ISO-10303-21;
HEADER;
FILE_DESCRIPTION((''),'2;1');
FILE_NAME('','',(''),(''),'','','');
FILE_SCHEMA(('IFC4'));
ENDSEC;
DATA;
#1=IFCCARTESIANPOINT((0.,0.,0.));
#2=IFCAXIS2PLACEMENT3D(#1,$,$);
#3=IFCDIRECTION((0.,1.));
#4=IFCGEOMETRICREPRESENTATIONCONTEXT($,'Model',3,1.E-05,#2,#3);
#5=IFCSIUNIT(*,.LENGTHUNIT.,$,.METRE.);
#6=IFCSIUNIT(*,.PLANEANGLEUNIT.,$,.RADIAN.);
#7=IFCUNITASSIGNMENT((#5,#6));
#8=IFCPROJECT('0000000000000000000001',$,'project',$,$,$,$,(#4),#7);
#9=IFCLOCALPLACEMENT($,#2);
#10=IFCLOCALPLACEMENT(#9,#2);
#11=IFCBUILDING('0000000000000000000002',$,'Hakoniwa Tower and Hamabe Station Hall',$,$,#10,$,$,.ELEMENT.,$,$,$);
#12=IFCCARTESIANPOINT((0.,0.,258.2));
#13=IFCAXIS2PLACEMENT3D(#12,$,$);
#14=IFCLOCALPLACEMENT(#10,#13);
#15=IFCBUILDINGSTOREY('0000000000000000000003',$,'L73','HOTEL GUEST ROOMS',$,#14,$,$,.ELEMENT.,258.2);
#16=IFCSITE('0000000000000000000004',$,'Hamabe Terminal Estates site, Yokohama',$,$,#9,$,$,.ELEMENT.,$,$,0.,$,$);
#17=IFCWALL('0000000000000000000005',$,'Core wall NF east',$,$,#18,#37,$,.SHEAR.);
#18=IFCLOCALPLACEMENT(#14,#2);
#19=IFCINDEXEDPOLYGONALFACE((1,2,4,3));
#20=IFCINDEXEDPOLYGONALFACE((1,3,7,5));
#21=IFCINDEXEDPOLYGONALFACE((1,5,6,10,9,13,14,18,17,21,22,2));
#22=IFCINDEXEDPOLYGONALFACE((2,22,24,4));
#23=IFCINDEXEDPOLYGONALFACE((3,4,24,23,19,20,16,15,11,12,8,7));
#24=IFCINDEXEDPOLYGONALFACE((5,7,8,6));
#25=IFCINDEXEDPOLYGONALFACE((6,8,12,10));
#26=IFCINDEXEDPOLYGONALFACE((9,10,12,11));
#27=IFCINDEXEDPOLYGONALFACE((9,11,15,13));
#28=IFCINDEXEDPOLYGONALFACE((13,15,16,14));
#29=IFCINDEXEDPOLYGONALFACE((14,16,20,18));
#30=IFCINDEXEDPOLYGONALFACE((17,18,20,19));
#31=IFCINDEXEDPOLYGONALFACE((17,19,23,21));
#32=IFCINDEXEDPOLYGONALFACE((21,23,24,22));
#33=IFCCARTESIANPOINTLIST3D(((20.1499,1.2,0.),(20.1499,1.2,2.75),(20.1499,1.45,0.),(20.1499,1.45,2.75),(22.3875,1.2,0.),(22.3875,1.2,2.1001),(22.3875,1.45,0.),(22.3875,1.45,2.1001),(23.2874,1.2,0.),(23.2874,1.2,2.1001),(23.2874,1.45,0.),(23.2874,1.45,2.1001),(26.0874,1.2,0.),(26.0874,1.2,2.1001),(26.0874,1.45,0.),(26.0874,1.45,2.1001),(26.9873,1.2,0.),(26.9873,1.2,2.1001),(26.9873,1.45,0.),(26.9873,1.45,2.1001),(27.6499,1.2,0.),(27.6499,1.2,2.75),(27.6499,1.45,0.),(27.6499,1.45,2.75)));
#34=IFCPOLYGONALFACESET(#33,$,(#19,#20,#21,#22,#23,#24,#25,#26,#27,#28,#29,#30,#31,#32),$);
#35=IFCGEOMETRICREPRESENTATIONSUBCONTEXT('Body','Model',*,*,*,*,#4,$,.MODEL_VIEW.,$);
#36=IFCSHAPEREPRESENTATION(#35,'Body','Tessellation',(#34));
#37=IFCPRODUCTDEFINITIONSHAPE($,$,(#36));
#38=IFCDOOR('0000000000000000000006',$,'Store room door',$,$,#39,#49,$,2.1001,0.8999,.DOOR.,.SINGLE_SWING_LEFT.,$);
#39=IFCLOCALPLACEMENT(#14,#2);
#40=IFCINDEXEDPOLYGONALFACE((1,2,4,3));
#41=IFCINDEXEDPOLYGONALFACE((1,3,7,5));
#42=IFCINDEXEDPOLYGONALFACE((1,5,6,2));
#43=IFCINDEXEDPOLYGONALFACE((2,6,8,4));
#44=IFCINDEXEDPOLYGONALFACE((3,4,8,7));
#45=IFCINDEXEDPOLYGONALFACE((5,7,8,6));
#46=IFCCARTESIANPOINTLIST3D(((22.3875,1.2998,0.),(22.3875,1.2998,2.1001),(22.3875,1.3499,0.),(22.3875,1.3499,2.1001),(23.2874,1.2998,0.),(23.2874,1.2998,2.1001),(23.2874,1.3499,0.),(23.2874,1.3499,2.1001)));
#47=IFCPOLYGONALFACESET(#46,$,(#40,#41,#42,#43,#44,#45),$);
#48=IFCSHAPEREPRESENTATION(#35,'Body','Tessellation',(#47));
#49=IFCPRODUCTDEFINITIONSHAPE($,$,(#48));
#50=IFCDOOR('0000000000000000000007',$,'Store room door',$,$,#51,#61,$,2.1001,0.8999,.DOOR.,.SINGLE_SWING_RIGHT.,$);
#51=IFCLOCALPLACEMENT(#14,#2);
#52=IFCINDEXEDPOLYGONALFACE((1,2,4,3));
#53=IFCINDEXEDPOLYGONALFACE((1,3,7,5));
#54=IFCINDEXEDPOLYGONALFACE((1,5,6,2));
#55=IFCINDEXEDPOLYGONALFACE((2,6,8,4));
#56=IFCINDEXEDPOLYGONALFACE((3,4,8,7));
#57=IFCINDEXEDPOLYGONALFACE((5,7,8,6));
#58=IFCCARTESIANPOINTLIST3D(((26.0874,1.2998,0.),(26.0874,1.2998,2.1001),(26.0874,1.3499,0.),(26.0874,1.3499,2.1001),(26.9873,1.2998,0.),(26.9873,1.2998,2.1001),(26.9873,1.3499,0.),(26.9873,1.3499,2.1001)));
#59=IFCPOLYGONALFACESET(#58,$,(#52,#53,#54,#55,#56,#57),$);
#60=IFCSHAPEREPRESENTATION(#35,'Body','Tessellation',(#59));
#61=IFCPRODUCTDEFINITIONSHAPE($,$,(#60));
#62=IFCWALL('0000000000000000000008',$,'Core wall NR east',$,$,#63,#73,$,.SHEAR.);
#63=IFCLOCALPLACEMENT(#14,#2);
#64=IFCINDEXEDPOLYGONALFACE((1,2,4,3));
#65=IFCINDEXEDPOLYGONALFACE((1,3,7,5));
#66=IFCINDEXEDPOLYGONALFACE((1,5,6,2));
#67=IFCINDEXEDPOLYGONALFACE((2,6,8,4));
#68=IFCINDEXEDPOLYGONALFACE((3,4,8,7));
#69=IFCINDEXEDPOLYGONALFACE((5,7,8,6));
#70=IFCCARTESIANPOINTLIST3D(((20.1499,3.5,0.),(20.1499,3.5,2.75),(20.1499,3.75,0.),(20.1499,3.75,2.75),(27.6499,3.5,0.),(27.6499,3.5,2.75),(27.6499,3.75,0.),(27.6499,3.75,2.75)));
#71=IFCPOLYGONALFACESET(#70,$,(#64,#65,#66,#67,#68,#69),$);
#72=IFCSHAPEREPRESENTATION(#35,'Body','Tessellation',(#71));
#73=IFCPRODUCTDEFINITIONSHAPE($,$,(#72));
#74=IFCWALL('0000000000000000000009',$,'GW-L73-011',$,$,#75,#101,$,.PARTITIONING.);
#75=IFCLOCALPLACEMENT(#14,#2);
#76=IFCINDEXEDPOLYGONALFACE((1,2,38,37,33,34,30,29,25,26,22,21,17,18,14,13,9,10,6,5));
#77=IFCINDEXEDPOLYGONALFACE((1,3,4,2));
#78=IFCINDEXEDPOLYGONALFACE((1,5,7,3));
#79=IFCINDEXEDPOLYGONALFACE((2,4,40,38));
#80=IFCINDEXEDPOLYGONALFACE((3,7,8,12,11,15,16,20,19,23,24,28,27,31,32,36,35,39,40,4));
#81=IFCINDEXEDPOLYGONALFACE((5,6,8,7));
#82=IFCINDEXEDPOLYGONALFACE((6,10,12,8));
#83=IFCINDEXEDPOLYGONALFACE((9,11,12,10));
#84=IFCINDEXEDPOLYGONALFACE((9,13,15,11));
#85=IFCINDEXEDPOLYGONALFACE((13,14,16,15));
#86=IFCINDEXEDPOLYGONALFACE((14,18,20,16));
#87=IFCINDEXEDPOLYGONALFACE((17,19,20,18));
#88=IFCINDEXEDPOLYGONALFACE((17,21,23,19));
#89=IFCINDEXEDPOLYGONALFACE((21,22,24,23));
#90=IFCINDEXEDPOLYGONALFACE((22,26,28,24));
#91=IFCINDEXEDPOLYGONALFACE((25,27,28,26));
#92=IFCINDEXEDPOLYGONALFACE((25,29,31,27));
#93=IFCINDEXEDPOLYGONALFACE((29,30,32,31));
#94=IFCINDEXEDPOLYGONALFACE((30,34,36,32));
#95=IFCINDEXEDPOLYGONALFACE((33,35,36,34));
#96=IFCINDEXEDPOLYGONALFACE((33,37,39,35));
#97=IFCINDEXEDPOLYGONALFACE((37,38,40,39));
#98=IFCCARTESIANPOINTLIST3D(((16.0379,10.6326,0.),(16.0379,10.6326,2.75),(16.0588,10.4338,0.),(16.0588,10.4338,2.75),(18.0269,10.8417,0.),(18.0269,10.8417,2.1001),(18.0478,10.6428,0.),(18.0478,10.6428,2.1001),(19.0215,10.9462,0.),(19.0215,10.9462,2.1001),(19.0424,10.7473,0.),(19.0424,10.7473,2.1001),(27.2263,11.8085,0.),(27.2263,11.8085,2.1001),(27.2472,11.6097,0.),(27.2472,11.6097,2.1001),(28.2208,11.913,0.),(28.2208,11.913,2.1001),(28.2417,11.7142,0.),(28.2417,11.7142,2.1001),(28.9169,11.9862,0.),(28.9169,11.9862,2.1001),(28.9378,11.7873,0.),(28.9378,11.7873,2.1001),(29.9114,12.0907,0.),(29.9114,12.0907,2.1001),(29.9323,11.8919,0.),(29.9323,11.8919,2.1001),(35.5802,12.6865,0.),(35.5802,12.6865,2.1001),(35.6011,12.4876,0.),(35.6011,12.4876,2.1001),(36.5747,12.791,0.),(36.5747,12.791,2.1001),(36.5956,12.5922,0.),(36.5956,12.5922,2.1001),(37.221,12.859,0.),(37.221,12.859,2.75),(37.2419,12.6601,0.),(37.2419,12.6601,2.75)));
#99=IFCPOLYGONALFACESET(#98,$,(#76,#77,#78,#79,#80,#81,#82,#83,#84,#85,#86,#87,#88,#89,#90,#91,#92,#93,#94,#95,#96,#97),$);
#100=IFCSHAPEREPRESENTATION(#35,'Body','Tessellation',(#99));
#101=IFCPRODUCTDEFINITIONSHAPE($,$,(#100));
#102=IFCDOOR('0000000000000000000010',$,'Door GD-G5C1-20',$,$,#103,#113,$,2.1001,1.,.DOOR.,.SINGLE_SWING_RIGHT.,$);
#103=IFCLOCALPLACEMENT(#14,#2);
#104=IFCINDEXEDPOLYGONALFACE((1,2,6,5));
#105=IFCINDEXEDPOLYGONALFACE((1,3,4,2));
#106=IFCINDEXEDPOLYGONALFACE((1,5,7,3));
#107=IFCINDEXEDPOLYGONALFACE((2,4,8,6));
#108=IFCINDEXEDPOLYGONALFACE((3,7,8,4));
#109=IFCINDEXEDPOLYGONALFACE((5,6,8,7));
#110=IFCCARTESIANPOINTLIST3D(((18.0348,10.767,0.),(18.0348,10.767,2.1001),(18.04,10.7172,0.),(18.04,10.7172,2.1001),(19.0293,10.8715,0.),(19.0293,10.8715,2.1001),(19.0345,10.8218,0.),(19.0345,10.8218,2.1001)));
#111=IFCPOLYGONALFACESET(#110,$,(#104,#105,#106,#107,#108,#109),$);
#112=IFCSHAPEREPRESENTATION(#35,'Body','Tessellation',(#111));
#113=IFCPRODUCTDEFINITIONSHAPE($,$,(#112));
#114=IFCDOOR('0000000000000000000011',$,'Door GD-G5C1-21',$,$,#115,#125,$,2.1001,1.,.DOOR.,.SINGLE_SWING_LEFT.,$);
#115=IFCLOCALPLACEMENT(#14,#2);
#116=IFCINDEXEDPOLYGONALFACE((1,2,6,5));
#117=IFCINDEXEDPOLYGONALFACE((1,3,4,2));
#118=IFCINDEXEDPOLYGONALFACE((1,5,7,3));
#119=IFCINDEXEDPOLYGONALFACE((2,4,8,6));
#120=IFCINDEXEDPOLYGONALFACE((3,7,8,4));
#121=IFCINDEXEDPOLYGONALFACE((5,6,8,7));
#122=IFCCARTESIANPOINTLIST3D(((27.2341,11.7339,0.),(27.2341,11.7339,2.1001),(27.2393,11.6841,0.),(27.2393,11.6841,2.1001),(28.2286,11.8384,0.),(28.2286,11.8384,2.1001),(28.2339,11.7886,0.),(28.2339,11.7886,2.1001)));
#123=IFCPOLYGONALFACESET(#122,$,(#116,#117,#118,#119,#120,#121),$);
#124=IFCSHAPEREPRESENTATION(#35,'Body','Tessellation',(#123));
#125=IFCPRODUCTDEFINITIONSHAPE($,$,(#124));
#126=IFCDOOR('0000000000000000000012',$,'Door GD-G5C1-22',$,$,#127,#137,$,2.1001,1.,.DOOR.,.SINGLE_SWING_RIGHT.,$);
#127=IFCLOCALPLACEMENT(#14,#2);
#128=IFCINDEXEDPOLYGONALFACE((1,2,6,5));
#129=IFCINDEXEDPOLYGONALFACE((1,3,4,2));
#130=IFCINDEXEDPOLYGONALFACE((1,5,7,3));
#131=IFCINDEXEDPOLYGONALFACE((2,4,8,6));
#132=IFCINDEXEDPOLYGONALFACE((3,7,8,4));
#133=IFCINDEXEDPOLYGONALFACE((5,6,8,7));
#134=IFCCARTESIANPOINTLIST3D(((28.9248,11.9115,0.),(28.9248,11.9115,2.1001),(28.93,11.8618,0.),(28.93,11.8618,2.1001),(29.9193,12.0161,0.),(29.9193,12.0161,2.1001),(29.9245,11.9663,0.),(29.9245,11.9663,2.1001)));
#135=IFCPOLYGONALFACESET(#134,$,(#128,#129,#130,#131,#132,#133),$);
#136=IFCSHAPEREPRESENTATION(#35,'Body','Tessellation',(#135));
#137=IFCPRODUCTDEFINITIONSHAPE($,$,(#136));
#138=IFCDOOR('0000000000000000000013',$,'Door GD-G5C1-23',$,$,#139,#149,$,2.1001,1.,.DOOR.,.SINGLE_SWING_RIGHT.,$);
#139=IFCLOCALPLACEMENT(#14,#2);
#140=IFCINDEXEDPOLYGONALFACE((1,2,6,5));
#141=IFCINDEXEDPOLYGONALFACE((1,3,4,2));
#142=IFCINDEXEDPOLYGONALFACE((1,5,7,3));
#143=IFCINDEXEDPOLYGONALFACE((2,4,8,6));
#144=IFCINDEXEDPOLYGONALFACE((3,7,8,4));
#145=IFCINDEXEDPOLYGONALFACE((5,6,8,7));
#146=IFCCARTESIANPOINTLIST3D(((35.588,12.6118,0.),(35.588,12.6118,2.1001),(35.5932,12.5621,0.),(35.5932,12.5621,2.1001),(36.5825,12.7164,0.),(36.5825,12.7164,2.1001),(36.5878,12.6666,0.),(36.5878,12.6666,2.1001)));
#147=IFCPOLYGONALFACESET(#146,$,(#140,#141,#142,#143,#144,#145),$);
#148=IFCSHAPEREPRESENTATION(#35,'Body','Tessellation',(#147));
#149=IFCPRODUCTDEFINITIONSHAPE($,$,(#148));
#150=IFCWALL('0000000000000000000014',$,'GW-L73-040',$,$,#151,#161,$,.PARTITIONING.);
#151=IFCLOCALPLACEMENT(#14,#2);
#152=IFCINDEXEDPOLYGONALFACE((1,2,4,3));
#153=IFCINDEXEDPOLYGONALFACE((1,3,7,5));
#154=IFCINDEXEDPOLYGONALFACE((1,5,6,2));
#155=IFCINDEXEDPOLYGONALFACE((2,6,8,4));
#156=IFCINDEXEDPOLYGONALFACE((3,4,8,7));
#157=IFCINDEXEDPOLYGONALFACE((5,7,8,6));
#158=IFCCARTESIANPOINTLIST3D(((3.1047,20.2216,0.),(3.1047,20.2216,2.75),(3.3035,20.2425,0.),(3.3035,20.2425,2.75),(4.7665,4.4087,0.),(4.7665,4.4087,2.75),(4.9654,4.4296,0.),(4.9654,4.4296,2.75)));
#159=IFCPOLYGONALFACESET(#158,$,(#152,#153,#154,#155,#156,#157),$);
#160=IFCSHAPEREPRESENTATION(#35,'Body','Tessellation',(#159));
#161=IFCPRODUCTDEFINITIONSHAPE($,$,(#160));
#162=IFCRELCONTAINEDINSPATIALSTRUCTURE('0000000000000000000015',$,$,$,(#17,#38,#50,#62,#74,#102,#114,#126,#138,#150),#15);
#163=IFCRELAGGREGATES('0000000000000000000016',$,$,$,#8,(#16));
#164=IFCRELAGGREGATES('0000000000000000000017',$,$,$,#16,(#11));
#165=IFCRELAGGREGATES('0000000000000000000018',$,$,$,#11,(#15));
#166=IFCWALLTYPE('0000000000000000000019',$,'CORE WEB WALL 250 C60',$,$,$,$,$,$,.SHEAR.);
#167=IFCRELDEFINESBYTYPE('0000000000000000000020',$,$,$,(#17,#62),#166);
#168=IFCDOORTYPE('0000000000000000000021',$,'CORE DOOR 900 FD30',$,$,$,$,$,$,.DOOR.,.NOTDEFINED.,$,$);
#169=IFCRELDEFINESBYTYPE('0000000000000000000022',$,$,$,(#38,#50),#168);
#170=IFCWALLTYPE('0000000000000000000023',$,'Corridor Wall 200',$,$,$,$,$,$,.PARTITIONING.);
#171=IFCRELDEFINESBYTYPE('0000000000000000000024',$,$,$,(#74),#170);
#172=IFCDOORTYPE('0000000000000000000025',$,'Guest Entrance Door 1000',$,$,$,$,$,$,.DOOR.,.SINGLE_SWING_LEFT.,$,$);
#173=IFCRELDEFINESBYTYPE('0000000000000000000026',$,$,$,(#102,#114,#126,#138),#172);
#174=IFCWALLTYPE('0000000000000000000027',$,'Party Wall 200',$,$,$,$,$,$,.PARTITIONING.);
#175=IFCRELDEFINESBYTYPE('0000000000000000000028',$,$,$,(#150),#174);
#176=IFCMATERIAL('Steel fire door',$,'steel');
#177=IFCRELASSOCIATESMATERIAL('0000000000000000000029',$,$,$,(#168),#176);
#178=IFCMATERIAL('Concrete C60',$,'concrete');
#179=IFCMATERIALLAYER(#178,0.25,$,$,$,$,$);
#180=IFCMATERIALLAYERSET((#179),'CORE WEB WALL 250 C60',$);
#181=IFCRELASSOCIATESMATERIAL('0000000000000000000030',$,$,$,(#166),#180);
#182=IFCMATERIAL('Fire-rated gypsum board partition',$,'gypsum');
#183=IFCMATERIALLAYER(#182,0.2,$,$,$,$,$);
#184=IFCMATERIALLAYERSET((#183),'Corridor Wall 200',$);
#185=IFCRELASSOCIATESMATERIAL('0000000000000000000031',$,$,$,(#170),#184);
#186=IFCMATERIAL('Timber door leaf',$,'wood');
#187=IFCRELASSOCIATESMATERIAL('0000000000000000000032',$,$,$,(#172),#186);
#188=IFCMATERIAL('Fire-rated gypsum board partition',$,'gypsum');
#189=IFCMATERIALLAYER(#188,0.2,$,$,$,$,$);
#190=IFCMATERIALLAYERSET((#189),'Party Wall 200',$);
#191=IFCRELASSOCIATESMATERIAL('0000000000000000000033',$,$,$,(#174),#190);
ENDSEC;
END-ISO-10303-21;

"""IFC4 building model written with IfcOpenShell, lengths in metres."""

from ifc_helpers import new_model, si_unit, direction, frame, frame_2d, origin, place, context, subcontext, project, spatial, rectangle, extrude, material, layer, layer_set, type_object, element, fill, save


model = new_model("IFC4")

# Units and contexts
model_context = context("Model", 3, precision=1e-05, world=origin(), true_north=direction((0.0, 1.0)))
body_context = subcontext(model_context, "Body", "Model", "MODEL_VIEW")
ifc_project = project(units=[si_unit("LENGTHUNIT", "METRE"), si_unit("PLANEANGLEUNIT", "RADIAN")], contexts=[model_context])

# Site, building, storey
site_placement = place(None, origin())
site = spatial("IfcSite", under=ifc_project, at=site_placement, Name="Hamabe Terminal Estates site, Yokohama", CompositionType="ELEMENT", RefElevation=0.0)
building_placement = place(site_placement, origin())
building = spatial("IfcBuilding", under=site, at=building_placement, Name="Hakoniwa Tower and Hamabe Station Hall", CompositionType="ELEMENT")
storey_placement = place(building_placement, frame((0.0, 0.0, 258.2)))
storey = spatial("IfcBuildingStorey", under=building, at=storey_placement, Name="L73", Description="HOTEL GUEST ROOMS", CompositionType="ELEMENT", Elevation=258.2)

# Shared definitions
ifc_material_1 = material(Name="Steel fire door", Category="steel")
door_type_1 = type_object("IfcDoorType", Name="CORE DOOR 900 FD30", OperationType="NOTDEFINED", PredefinedType="DOOR", material=ifc_material_1)

# Shared definitions
ifc_material_2 = material(Name="Concrete C60", Category="concrete")
ifc_layer_1 = layer(ifc_material_2, 0.25)
ifc_layer_set_1 = layer_set([ifc_layer_1], Name="CORE WEB WALL 250 C60")
wall_type_1 = type_object("IfcWallType", Name="CORE WEB WALL 250 C60", PredefinedType="SHEAR", material=ifc_layer_set_1)

# Wall, openings, doors
wall_1_placement = place(storey_placement, frame((20.1499, 1.325, 0.0), z_axis=(0.0, 0.0, 1.0), x_axis=(1.0, 0.0, 0.0)))
wall_1 = element("IfcWall", 1, at=wall_1_placement, inside=storey, type_object=wall_type_1, Name="Core wall NF east", PredefinedType="SHEAR", context=body_context, shape_type="SweptSolid", body=[
    extrude(rectangle(XDim=7.5, YDim=0.25, at=frame_2d((3.75, 0.0))), origin(), (0.0, 0.0, 1.0), 2.75),
])
opening_1_placement = place(wall_1_placement, frame((2.2375, 0.0, 0.0)))
opening_1 = element("IfcOpeningElement", 2, at=opening_1_placement, cuts=wall_1, PredefinedType="OPENING", context=body_context, shape_type="SweptSolid", body=[
    extrude(rectangle(XDim=0.8999, YDim=2.1001, at=frame_2d((0.45, 1.05))), frame((0.0, 0.135, 0.0), z_axis=(0.0, -1.0, 0.0), x_axis=(1.0, 0.0, 0.0)), (0.0, 0.0, 1.0), 0.27),
])
opening_2_placement = place(wall_1_placement, frame((5.9375, 0.0, 0.0)))
opening_2 = element("IfcOpeningElement", 3, at=opening_2_placement, cuts=wall_1, PredefinedType="OPENING", context=body_context, shape_type="SweptSolid", body=[
    extrude(rectangle(XDim=0.8999, YDim=2.1001, at=frame_2d((0.45, 1.05))), frame((0.0, 0.135, 0.0), z_axis=(0.0, -1.0, 0.0), x_axis=(1.0, 0.0, 0.0)), (0.0, 0.0, 1.0), 0.27),
])
door_1_placement = place(opening_1_placement, origin())
door_1 = element("IfcDoor", 4, at=door_1_placement, inside=storey, type_object=door_type_1, Name="Store room door", OperationType="SINGLE_SWING_LEFT", OverallHeight=2.1001, OverallWidth=0.8999, PredefinedType="DOOR", context=body_context, shape_type="SweptSolid", body=[
    extrude(rectangle(XDim=0.8999, YDim=2.1001, at=frame_2d((0.45, 1.05))), frame((0.0, 0.0249, 0.0), z_axis=(0.0, -1.0, 0.0), x_axis=(1.0, 0.0, 0.0)), (0.0, 0.0, 1.0), 0.05),
])
fill(opening_1, door_1)
door_2_placement = place(opening_2_placement, origin())
door_2 = element("IfcDoor", 5, at=door_2_placement, inside=storey, type_object=door_type_1, Name="Store room door", OperationType="SINGLE_SWING_RIGHT", OverallHeight=2.1001, OverallWidth=0.8999, PredefinedType="DOOR", context=body_context, shape_type="SweptSolid", body=[
    extrude(rectangle(XDim=0.8999, YDim=2.1001, at=frame_2d((0.45, 1.05))), frame((0.0, 0.0249, 0.0), z_axis=(0.0, -1.0, 0.0), x_axis=(1.0, 0.0, 0.0)), (0.0, 0.0, 1.0), 0.05),
])
fill(opening_2, door_2)

# Wall
wall_2_placement = place(storey_placement, frame((20.1499, 3.625, 0.0), z_axis=(0.0, 0.0, 1.0), x_axis=(1.0, 0.0, 0.0)))
element("IfcWall", 6, at=wall_2_placement, inside=storey, type_object=wall_type_1, Name="Core wall NR east", PredefinedType="SHEAR", context=body_context, shape_type="SweptSolid", body=[
    extrude(rectangle(XDim=7.5, YDim=0.25, at=frame_2d((3.75, 0.0))), origin(), (0.0, 0.0, 1.0), 2.75),
])

# Wall, openings, doors
ifc_material_3 = material(Name="Fire-rated gypsum board partition", Category="gypsum")
ifc_layer_2 = layer(ifc_material_3, 0.2)
ifc_layer_set_2 = layer_set([ifc_layer_2], Name="Corridor Wall 200")
wall_type_2 = type_object("IfcWallType", Name="Corridor Wall 200", PredefinedType="PARTITIONING", material=ifc_layer_set_2)
wall_3_placement = place(storey_placement, frame((16.0483, 10.5332, 0.0), z_axis=(0.0, 0.0, 1.0), x_axis=(0.994522, 0.104523, 0.0)))
wall_3 = element("IfcWall", 7, at=wall_3_placement, inside=storey, type_object=wall_type_2, Name="GW-L73-011", PredefinedType="PARTITIONING", context=body_context, shape_type="SweptSolid", body=[
    extrude(rectangle(XDim=21.2998, YDim=0.2, at=frame_2d((10.6499, 0.0))), origin(), (0.0, 0.0, 1.0), 2.75),
])
opening_3_placement = place(wall_3_placement, frame((2.0, 0.0, 0.0)))
opening_3 = element("IfcOpeningElement", 8, at=opening_3_placement, cuts=wall_3, PredefinedType="OPENING", context=body_context, shape_type="SweptSolid", body=[
    extrude(rectangle(XDim=1.0, YDim=2.1001, at=frame_2d((0.5, 1.05))), frame((0.0, 0.1099, 0.0), z_axis=(0.0, -1.0, 0.0), x_axis=(1.0, 0.0, 0.0)), (0.0, 0.0, 1.0), 0.22),
])
opening_4_placement = place(wall_3_placement, frame((11.25, 0.0, 0.0)))
opening_4 = element("IfcOpeningElement", 9, at=opening_4_placement, cuts=wall_3, PredefinedType="OPENING", context=body_context, shape_type="SweptSolid", body=[
    extrude(rectangle(XDim=1.0, YDim=2.1001, at=frame_2d((0.5, 1.05))), frame((0.0, 0.1099, 0.0), z_axis=(0.0, -1.0, 0.0), x_axis=(1.0, 0.0, 0.0)), (0.0, 0.0, 1.0), 0.22),
])
opening_5_placement = place(wall_3_placement, frame((12.95, 0.0, 0.0)))
opening_5 = element("IfcOpeningElement", 10, at=opening_5_placement, cuts=wall_3, PredefinedType="OPENING", context=body_context, shape_type="SweptSolid", body=[
    extrude(rectangle(XDim=1.0, YDim=2.1001, at=frame_2d((0.5, 1.05))), frame((0.0, 0.1099, 0.0), z_axis=(0.0, -1.0, 0.0), x_axis=(1.0, 0.0, 0.0)), (0.0, 0.0, 1.0), 0.22),
])
opening_6_placement = place(wall_3_placement, frame((19.6499, 0.0, 0.0)))
opening_6 = element("IfcOpeningElement", 11, at=opening_6_placement, cuts=wall_3, PredefinedType="OPENING", context=body_context, shape_type="SweptSolid", body=[
    extrude(rectangle(XDim=1.0, YDim=2.1001, at=frame_2d((0.5, 1.05))), frame((0.0, 0.1099, 0.0), z_axis=(0.0, -1.0, 0.0), x_axis=(1.0, 0.0, 0.0)), (0.0, 0.0, 1.0), 0.22),
])
ifc_material_4 = material(Name="Timber door leaf", Category="wood")
door_type_2 = type_object("IfcDoorType", Name="Guest Entrance Door 1000", OperationType="SINGLE_SWING_LEFT", PredefinedType="DOOR", material=ifc_material_4)
door_3_placement = place(opening_3_placement, origin())
door_3 = element("IfcDoor", 12, at=door_3_placement, inside=storey, type_object=door_type_2, Name="Door GD-G5C1-20", OperationType="SINGLE_SWING_RIGHT", OverallHeight=2.1001, OverallWidth=1.0, PredefinedType="DOOR", context=body_context, shape_type="SweptSolid", body=[
    extrude(rectangle(XDim=1.0, YDim=2.1001, at=frame_2d((0.5, 1.05))), frame((0.0, 0.0249, 0.0), z_axis=(0.0, -1.0, 0.0), x_axis=(1.0, 0.0, 0.0)), (0.0, 0.0, 1.0), 0.05),
])
fill(opening_3, door_3)
door_4_placement = place(opening_4_placement, origin())
door_4 = element("IfcDoor", 13, at=door_4_placement, inside=storey, type_object=door_type_2, Name="Door GD-G5C1-21", OperationType="SINGLE_SWING_LEFT", OverallHeight=2.1001, OverallWidth=1.0, PredefinedType="DOOR", context=body_context, shape_type="SweptSolid", body=[
    extrude(rectangle(XDim=1.0, YDim=2.1001, at=frame_2d((0.5, 1.05))), frame((0.0, 0.0249, 0.0), z_axis=(0.0, -1.0, 0.0), x_axis=(1.0, 0.0, 0.0)), (0.0, 0.0, 1.0), 0.05),
])
fill(opening_4, door_4)
door_5_placement = place(opening_5_placement, origin())
door_5 = element("IfcDoor", 14, at=door_5_placement, inside=storey, type_object=door_type_2, Name="Door GD-G5C1-22", OperationType="SINGLE_SWING_RIGHT", OverallHeight=2.1001, OverallWidth=1.0, PredefinedType="DOOR", context=body_context, shape_type="SweptSolid", body=[
    extrude(rectangle(XDim=1.0, YDim=2.1001, at=frame_2d((0.5, 1.05))), frame((0.0, 0.0249, 0.0), z_axis=(0.0, -1.0, 0.0), x_axis=(1.0, 0.0, 0.0)), (0.0, 0.0, 1.0), 0.05),
])
fill(opening_5, door_5)
door_6_placement = place(opening_6_placement, origin())
door_6 = element("IfcDoor", 15, at=door_6_placement, inside=storey, type_object=door_type_2, Name="Door GD-G5C1-23", OperationType="SINGLE_SWING_RIGHT", OverallHeight=2.1001, OverallWidth=1.0, PredefinedType="DOOR", context=body_context, shape_type="SweptSolid", body=[
    extrude(rectangle(XDim=1.0, YDim=2.1001, at=frame_2d((0.5, 1.05))), frame((0.0, 0.0249, 0.0), z_axis=(0.0, -1.0, 0.0), x_axis=(1.0, 0.0, 0.0)), (0.0, 0.0, 1.0), 0.05),
])
fill(opening_6, door_6)

# Wall
ifc_material_5 = material(Name="Fire-rated gypsum board partition", Category="gypsum")
ifc_layer_3 = layer(ifc_material_5, 0.2)
ifc_layer_set_3 = layer_set([ifc_layer_3], Name="Party Wall 200")
wall_type_3 = type_object("IfcWallType", Name="Party Wall 200", PredefinedType="PARTITIONING", material=ifc_layer_set_3)
wall_4_placement = place(storey_placement, frame((4.866, 4.4192, 0.0), z_axis=(0.0, 0.0, 1.0), x_axis=(-0.104521, 0.994523, 0.0)))
element("IfcWall", 16, at=wall_4_placement, inside=storey, type_object=wall_type_3, Name="GW-L73-040", PredefinedType="PARTITIONING", context=body_context, shape_type="SweptSolid", body=[
    extrude(rectangle(XDim=15.8999, YDim=0.2, at=frame_2d((7.95, 0.0))), origin(), (0.0, 0.0, 1.0), 2.75),
])

save(model, "model.ifc")
